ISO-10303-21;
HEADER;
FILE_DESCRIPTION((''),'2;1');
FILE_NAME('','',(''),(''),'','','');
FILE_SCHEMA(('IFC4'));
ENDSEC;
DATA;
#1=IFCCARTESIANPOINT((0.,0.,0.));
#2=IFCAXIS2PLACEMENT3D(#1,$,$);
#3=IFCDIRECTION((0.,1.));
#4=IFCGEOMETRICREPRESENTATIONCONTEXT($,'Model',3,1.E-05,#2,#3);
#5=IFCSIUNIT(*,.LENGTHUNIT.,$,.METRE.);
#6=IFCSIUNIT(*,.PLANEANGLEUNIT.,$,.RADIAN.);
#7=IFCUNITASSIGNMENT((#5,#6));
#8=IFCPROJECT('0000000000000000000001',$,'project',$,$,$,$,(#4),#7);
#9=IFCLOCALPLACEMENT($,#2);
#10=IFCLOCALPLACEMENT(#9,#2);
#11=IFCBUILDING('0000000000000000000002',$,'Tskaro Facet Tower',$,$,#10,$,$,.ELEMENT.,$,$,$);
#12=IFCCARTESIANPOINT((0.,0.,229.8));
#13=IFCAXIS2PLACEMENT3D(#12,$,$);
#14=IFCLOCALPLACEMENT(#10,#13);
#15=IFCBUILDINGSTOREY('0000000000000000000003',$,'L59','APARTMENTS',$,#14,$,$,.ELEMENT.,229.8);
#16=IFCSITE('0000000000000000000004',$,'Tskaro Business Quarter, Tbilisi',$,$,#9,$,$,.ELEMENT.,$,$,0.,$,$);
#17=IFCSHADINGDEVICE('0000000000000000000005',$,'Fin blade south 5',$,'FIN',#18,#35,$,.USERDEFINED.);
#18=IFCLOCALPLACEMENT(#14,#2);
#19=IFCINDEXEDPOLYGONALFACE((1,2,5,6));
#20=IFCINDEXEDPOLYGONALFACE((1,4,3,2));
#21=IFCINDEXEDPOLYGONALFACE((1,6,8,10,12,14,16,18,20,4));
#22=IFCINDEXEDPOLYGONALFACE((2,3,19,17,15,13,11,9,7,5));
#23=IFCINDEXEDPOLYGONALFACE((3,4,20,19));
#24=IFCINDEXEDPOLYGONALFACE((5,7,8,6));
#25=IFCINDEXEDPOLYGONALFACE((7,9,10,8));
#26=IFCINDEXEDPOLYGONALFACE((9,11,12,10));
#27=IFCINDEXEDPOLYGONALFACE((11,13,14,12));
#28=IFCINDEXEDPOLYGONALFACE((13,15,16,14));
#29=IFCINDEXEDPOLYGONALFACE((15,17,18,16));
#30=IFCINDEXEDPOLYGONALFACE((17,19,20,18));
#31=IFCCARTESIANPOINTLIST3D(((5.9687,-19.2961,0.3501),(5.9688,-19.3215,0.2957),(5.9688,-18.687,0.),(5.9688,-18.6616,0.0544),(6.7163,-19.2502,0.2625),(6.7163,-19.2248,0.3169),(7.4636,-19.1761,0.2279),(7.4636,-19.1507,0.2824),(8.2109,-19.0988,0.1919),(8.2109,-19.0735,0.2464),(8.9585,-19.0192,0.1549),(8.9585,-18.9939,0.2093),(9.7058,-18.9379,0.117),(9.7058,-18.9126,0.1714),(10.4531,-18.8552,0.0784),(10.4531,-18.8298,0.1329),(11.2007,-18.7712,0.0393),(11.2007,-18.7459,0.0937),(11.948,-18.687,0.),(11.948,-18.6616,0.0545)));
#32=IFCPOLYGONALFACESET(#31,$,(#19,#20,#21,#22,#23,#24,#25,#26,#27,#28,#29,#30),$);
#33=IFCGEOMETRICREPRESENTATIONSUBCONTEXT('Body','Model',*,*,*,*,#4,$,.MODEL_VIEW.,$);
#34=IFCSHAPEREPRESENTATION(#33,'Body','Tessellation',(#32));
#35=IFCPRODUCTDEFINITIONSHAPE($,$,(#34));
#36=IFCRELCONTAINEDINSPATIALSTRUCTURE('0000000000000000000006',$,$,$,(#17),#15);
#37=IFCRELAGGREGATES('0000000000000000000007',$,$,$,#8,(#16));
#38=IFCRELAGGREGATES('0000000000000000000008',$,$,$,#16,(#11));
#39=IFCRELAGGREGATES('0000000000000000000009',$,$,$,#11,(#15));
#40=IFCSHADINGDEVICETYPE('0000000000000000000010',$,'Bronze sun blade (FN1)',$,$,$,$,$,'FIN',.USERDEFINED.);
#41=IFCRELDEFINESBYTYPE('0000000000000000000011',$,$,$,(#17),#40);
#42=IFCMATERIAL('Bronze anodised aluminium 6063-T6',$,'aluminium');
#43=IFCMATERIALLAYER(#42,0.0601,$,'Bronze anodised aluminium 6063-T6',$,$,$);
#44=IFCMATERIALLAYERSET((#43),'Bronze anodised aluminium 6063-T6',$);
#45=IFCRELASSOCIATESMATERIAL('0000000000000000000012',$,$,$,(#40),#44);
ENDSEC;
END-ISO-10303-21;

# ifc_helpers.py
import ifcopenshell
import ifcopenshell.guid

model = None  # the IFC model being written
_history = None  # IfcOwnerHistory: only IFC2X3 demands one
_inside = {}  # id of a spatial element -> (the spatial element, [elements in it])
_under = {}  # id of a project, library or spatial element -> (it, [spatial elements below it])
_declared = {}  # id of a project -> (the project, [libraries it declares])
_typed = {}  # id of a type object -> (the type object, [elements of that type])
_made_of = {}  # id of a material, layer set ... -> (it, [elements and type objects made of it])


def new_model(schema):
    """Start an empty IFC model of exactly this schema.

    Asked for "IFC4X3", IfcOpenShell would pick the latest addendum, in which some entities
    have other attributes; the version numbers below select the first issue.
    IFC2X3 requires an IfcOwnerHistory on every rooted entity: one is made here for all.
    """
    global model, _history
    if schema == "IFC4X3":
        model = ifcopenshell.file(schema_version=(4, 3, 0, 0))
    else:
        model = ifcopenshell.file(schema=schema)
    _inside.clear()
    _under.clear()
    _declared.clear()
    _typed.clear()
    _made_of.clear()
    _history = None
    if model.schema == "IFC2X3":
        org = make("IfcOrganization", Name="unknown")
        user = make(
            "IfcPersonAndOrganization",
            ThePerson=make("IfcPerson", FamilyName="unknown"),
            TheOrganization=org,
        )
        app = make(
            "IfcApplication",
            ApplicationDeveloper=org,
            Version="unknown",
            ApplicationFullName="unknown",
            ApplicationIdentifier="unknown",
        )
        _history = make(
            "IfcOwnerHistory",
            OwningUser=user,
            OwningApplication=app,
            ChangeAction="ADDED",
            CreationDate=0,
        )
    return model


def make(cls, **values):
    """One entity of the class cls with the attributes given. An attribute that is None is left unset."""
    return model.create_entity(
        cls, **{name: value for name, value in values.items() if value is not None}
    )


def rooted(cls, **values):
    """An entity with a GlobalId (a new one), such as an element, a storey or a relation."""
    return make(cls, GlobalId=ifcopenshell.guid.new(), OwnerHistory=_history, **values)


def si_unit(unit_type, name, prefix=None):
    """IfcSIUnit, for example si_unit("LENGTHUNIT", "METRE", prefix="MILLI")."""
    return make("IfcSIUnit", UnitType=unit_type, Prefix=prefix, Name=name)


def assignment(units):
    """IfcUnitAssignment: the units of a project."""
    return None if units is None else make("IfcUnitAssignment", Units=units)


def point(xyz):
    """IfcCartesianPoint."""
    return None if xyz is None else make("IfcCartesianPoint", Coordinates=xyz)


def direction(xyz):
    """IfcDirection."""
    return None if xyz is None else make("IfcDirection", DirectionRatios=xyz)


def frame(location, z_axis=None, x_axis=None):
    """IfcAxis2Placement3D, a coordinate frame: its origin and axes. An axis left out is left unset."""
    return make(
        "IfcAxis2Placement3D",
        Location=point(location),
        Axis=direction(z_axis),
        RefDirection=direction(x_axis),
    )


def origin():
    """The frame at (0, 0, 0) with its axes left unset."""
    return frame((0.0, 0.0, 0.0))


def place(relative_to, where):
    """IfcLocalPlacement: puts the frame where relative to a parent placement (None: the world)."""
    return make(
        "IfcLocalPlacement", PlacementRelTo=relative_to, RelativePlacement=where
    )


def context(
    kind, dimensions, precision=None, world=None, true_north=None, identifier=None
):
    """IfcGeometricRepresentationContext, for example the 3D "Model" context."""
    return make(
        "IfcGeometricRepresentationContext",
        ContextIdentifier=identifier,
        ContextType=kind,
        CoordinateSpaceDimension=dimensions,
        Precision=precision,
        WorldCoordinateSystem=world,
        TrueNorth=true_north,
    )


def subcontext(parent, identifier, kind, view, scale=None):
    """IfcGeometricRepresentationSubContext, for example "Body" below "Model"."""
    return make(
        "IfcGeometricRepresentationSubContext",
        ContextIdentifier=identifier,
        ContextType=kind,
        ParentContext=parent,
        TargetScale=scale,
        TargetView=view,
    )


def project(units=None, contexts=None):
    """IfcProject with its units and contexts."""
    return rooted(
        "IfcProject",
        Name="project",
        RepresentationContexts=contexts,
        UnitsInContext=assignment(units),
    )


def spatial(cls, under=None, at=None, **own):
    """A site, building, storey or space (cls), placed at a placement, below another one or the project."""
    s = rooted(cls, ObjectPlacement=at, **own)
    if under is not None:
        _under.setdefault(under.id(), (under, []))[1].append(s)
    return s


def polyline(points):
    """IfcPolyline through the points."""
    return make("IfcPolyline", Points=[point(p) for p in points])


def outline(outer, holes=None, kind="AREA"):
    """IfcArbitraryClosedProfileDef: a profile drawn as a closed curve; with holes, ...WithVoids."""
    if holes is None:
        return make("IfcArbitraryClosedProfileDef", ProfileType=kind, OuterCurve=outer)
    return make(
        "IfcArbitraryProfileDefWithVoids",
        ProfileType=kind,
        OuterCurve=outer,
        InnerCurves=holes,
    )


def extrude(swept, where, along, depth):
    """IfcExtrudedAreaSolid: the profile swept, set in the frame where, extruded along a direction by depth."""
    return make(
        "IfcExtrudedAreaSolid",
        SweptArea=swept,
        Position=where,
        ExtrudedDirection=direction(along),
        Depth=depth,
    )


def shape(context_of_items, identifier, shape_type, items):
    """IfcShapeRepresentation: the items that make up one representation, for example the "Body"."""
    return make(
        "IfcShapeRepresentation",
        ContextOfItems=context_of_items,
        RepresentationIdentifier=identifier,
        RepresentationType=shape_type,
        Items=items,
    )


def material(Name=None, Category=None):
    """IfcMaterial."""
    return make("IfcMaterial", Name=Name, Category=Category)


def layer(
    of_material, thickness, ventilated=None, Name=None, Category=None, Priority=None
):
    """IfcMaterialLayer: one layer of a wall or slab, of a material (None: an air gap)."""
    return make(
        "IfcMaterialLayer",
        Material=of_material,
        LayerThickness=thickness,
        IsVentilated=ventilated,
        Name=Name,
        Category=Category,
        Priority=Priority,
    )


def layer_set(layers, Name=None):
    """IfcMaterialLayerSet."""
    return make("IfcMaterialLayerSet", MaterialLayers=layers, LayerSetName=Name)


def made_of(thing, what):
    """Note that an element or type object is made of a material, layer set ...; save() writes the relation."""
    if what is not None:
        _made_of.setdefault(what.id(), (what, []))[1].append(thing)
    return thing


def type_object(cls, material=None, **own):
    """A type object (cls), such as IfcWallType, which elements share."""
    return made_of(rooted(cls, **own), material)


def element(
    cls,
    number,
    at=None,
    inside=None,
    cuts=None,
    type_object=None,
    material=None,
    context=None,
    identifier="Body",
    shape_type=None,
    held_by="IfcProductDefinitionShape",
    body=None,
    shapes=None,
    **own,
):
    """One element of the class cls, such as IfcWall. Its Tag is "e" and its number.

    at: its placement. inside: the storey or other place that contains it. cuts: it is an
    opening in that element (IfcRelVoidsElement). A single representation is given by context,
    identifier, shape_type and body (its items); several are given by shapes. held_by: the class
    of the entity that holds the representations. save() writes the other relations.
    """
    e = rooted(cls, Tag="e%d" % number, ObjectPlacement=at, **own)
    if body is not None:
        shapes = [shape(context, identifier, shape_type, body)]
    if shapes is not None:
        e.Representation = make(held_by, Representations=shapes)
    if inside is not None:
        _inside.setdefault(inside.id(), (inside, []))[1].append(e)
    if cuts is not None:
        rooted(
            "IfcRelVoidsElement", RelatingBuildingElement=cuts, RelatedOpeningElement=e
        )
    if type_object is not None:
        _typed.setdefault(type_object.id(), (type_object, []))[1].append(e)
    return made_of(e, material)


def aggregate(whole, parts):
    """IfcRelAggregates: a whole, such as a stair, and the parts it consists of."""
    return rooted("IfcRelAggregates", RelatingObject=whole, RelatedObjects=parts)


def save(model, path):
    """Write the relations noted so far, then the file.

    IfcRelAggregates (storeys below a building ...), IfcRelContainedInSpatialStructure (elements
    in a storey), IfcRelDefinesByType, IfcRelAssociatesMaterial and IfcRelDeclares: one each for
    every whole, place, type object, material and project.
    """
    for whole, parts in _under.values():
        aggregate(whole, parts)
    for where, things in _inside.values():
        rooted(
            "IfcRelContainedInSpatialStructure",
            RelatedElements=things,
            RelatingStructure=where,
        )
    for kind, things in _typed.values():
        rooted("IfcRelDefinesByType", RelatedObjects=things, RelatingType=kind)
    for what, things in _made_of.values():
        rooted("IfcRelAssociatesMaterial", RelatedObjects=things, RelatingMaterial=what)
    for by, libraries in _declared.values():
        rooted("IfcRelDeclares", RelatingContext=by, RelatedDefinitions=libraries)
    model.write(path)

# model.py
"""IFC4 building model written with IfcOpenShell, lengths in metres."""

from ifc_helpers import new_model, si_unit, direction, frame, origin, place, context, subcontext, project, spatial, polyline, outline, extrude, material, layer, layer_set, type_object, element, save


model = new_model("IFC4")

# Units and contexts
model_context = context("Model", 3, precision=1e-05, world=origin(), true_north=direction((0.0, 1.0)))
body_context = subcontext(model_context, "Body", "Model", "MODEL_VIEW")
ifc_project = project(units=[si_unit("LENGTHUNIT", "METRE"), si_unit("PLANEANGLEUNIT", "RADIAN")], contexts=[model_context])

# Site, building, storey
site_placement = place(None, origin())
site = spatial("IfcSite", under=ifc_project, at=site_placement, Name="Tskaro Business Quarter, Tbilisi", CompositionType="ELEMENT", RefElevation=0.0)
building_placement = place(site_placement, origin())
building = spatial("IfcBuilding", under=site, at=building_placement, Name="Tskaro Facet Tower", CompositionType="ELEMENT")
storey_placement = place(building_placement, frame((0.0, 0.0, 229.8)))
storey = spatial("IfcBuildingStorey", under=building, at=storey_placement, Name="L59", Description="APARTMENTS", CompositionType="ELEMENT", Elevation=229.8)

# Shared definitions
ifc_material_1 = material(Name="Bronze anodised aluminium 6063-T6", Category="aluminium")

# Shading device
ifc_layer_1 = layer(ifc_material_1, 0.0601, Name="Bronze anodised aluminium 6063-T6")
ifc_layer_set_1 = layer_set([ifc_layer_1], Name="Bronze anodised aluminium 6063-T6")
shading_device_type = type_object("IfcShadingDeviceType", Name="Bronze sun blade (FN1)", ElementType="FIN", PredefinedType="USERDEFINED", material=ifc_layer_set_1)
shading_device_1_placement = place(storey_placement, frame((5.9688, -18.6616, 0.0544), z_axis=(-0.000007, 0.422404, 0.906408), x_axis=(1.0, 0.000003, 0.000006)))
element("IfcShadingDevice", 1, at=shading_device_1_placement, inside=storey, type_object=shading_device_type, Name="Fin blade south 5", ObjectType="FIN", PredefinedType="USERDEFINED", context=body_context, shape_type="SweptSolid", body=[
    extrude(outline(polyline([(0.0, 0.0), (5.9792, 0.0), (5.2319, -0.0929), (4.4844, -0.1856), (3.7371, -0.2769), (2.9897, -0.3666), (2.2422, -0.4544), (1.4949, -0.5396), (0.7476, -0.6214), (0.0, -0.7), (0.0, 0.0)])), origin(), (0.0, 0.0, -1.0), 0.0601),
])

save(model, "model.ifc")
